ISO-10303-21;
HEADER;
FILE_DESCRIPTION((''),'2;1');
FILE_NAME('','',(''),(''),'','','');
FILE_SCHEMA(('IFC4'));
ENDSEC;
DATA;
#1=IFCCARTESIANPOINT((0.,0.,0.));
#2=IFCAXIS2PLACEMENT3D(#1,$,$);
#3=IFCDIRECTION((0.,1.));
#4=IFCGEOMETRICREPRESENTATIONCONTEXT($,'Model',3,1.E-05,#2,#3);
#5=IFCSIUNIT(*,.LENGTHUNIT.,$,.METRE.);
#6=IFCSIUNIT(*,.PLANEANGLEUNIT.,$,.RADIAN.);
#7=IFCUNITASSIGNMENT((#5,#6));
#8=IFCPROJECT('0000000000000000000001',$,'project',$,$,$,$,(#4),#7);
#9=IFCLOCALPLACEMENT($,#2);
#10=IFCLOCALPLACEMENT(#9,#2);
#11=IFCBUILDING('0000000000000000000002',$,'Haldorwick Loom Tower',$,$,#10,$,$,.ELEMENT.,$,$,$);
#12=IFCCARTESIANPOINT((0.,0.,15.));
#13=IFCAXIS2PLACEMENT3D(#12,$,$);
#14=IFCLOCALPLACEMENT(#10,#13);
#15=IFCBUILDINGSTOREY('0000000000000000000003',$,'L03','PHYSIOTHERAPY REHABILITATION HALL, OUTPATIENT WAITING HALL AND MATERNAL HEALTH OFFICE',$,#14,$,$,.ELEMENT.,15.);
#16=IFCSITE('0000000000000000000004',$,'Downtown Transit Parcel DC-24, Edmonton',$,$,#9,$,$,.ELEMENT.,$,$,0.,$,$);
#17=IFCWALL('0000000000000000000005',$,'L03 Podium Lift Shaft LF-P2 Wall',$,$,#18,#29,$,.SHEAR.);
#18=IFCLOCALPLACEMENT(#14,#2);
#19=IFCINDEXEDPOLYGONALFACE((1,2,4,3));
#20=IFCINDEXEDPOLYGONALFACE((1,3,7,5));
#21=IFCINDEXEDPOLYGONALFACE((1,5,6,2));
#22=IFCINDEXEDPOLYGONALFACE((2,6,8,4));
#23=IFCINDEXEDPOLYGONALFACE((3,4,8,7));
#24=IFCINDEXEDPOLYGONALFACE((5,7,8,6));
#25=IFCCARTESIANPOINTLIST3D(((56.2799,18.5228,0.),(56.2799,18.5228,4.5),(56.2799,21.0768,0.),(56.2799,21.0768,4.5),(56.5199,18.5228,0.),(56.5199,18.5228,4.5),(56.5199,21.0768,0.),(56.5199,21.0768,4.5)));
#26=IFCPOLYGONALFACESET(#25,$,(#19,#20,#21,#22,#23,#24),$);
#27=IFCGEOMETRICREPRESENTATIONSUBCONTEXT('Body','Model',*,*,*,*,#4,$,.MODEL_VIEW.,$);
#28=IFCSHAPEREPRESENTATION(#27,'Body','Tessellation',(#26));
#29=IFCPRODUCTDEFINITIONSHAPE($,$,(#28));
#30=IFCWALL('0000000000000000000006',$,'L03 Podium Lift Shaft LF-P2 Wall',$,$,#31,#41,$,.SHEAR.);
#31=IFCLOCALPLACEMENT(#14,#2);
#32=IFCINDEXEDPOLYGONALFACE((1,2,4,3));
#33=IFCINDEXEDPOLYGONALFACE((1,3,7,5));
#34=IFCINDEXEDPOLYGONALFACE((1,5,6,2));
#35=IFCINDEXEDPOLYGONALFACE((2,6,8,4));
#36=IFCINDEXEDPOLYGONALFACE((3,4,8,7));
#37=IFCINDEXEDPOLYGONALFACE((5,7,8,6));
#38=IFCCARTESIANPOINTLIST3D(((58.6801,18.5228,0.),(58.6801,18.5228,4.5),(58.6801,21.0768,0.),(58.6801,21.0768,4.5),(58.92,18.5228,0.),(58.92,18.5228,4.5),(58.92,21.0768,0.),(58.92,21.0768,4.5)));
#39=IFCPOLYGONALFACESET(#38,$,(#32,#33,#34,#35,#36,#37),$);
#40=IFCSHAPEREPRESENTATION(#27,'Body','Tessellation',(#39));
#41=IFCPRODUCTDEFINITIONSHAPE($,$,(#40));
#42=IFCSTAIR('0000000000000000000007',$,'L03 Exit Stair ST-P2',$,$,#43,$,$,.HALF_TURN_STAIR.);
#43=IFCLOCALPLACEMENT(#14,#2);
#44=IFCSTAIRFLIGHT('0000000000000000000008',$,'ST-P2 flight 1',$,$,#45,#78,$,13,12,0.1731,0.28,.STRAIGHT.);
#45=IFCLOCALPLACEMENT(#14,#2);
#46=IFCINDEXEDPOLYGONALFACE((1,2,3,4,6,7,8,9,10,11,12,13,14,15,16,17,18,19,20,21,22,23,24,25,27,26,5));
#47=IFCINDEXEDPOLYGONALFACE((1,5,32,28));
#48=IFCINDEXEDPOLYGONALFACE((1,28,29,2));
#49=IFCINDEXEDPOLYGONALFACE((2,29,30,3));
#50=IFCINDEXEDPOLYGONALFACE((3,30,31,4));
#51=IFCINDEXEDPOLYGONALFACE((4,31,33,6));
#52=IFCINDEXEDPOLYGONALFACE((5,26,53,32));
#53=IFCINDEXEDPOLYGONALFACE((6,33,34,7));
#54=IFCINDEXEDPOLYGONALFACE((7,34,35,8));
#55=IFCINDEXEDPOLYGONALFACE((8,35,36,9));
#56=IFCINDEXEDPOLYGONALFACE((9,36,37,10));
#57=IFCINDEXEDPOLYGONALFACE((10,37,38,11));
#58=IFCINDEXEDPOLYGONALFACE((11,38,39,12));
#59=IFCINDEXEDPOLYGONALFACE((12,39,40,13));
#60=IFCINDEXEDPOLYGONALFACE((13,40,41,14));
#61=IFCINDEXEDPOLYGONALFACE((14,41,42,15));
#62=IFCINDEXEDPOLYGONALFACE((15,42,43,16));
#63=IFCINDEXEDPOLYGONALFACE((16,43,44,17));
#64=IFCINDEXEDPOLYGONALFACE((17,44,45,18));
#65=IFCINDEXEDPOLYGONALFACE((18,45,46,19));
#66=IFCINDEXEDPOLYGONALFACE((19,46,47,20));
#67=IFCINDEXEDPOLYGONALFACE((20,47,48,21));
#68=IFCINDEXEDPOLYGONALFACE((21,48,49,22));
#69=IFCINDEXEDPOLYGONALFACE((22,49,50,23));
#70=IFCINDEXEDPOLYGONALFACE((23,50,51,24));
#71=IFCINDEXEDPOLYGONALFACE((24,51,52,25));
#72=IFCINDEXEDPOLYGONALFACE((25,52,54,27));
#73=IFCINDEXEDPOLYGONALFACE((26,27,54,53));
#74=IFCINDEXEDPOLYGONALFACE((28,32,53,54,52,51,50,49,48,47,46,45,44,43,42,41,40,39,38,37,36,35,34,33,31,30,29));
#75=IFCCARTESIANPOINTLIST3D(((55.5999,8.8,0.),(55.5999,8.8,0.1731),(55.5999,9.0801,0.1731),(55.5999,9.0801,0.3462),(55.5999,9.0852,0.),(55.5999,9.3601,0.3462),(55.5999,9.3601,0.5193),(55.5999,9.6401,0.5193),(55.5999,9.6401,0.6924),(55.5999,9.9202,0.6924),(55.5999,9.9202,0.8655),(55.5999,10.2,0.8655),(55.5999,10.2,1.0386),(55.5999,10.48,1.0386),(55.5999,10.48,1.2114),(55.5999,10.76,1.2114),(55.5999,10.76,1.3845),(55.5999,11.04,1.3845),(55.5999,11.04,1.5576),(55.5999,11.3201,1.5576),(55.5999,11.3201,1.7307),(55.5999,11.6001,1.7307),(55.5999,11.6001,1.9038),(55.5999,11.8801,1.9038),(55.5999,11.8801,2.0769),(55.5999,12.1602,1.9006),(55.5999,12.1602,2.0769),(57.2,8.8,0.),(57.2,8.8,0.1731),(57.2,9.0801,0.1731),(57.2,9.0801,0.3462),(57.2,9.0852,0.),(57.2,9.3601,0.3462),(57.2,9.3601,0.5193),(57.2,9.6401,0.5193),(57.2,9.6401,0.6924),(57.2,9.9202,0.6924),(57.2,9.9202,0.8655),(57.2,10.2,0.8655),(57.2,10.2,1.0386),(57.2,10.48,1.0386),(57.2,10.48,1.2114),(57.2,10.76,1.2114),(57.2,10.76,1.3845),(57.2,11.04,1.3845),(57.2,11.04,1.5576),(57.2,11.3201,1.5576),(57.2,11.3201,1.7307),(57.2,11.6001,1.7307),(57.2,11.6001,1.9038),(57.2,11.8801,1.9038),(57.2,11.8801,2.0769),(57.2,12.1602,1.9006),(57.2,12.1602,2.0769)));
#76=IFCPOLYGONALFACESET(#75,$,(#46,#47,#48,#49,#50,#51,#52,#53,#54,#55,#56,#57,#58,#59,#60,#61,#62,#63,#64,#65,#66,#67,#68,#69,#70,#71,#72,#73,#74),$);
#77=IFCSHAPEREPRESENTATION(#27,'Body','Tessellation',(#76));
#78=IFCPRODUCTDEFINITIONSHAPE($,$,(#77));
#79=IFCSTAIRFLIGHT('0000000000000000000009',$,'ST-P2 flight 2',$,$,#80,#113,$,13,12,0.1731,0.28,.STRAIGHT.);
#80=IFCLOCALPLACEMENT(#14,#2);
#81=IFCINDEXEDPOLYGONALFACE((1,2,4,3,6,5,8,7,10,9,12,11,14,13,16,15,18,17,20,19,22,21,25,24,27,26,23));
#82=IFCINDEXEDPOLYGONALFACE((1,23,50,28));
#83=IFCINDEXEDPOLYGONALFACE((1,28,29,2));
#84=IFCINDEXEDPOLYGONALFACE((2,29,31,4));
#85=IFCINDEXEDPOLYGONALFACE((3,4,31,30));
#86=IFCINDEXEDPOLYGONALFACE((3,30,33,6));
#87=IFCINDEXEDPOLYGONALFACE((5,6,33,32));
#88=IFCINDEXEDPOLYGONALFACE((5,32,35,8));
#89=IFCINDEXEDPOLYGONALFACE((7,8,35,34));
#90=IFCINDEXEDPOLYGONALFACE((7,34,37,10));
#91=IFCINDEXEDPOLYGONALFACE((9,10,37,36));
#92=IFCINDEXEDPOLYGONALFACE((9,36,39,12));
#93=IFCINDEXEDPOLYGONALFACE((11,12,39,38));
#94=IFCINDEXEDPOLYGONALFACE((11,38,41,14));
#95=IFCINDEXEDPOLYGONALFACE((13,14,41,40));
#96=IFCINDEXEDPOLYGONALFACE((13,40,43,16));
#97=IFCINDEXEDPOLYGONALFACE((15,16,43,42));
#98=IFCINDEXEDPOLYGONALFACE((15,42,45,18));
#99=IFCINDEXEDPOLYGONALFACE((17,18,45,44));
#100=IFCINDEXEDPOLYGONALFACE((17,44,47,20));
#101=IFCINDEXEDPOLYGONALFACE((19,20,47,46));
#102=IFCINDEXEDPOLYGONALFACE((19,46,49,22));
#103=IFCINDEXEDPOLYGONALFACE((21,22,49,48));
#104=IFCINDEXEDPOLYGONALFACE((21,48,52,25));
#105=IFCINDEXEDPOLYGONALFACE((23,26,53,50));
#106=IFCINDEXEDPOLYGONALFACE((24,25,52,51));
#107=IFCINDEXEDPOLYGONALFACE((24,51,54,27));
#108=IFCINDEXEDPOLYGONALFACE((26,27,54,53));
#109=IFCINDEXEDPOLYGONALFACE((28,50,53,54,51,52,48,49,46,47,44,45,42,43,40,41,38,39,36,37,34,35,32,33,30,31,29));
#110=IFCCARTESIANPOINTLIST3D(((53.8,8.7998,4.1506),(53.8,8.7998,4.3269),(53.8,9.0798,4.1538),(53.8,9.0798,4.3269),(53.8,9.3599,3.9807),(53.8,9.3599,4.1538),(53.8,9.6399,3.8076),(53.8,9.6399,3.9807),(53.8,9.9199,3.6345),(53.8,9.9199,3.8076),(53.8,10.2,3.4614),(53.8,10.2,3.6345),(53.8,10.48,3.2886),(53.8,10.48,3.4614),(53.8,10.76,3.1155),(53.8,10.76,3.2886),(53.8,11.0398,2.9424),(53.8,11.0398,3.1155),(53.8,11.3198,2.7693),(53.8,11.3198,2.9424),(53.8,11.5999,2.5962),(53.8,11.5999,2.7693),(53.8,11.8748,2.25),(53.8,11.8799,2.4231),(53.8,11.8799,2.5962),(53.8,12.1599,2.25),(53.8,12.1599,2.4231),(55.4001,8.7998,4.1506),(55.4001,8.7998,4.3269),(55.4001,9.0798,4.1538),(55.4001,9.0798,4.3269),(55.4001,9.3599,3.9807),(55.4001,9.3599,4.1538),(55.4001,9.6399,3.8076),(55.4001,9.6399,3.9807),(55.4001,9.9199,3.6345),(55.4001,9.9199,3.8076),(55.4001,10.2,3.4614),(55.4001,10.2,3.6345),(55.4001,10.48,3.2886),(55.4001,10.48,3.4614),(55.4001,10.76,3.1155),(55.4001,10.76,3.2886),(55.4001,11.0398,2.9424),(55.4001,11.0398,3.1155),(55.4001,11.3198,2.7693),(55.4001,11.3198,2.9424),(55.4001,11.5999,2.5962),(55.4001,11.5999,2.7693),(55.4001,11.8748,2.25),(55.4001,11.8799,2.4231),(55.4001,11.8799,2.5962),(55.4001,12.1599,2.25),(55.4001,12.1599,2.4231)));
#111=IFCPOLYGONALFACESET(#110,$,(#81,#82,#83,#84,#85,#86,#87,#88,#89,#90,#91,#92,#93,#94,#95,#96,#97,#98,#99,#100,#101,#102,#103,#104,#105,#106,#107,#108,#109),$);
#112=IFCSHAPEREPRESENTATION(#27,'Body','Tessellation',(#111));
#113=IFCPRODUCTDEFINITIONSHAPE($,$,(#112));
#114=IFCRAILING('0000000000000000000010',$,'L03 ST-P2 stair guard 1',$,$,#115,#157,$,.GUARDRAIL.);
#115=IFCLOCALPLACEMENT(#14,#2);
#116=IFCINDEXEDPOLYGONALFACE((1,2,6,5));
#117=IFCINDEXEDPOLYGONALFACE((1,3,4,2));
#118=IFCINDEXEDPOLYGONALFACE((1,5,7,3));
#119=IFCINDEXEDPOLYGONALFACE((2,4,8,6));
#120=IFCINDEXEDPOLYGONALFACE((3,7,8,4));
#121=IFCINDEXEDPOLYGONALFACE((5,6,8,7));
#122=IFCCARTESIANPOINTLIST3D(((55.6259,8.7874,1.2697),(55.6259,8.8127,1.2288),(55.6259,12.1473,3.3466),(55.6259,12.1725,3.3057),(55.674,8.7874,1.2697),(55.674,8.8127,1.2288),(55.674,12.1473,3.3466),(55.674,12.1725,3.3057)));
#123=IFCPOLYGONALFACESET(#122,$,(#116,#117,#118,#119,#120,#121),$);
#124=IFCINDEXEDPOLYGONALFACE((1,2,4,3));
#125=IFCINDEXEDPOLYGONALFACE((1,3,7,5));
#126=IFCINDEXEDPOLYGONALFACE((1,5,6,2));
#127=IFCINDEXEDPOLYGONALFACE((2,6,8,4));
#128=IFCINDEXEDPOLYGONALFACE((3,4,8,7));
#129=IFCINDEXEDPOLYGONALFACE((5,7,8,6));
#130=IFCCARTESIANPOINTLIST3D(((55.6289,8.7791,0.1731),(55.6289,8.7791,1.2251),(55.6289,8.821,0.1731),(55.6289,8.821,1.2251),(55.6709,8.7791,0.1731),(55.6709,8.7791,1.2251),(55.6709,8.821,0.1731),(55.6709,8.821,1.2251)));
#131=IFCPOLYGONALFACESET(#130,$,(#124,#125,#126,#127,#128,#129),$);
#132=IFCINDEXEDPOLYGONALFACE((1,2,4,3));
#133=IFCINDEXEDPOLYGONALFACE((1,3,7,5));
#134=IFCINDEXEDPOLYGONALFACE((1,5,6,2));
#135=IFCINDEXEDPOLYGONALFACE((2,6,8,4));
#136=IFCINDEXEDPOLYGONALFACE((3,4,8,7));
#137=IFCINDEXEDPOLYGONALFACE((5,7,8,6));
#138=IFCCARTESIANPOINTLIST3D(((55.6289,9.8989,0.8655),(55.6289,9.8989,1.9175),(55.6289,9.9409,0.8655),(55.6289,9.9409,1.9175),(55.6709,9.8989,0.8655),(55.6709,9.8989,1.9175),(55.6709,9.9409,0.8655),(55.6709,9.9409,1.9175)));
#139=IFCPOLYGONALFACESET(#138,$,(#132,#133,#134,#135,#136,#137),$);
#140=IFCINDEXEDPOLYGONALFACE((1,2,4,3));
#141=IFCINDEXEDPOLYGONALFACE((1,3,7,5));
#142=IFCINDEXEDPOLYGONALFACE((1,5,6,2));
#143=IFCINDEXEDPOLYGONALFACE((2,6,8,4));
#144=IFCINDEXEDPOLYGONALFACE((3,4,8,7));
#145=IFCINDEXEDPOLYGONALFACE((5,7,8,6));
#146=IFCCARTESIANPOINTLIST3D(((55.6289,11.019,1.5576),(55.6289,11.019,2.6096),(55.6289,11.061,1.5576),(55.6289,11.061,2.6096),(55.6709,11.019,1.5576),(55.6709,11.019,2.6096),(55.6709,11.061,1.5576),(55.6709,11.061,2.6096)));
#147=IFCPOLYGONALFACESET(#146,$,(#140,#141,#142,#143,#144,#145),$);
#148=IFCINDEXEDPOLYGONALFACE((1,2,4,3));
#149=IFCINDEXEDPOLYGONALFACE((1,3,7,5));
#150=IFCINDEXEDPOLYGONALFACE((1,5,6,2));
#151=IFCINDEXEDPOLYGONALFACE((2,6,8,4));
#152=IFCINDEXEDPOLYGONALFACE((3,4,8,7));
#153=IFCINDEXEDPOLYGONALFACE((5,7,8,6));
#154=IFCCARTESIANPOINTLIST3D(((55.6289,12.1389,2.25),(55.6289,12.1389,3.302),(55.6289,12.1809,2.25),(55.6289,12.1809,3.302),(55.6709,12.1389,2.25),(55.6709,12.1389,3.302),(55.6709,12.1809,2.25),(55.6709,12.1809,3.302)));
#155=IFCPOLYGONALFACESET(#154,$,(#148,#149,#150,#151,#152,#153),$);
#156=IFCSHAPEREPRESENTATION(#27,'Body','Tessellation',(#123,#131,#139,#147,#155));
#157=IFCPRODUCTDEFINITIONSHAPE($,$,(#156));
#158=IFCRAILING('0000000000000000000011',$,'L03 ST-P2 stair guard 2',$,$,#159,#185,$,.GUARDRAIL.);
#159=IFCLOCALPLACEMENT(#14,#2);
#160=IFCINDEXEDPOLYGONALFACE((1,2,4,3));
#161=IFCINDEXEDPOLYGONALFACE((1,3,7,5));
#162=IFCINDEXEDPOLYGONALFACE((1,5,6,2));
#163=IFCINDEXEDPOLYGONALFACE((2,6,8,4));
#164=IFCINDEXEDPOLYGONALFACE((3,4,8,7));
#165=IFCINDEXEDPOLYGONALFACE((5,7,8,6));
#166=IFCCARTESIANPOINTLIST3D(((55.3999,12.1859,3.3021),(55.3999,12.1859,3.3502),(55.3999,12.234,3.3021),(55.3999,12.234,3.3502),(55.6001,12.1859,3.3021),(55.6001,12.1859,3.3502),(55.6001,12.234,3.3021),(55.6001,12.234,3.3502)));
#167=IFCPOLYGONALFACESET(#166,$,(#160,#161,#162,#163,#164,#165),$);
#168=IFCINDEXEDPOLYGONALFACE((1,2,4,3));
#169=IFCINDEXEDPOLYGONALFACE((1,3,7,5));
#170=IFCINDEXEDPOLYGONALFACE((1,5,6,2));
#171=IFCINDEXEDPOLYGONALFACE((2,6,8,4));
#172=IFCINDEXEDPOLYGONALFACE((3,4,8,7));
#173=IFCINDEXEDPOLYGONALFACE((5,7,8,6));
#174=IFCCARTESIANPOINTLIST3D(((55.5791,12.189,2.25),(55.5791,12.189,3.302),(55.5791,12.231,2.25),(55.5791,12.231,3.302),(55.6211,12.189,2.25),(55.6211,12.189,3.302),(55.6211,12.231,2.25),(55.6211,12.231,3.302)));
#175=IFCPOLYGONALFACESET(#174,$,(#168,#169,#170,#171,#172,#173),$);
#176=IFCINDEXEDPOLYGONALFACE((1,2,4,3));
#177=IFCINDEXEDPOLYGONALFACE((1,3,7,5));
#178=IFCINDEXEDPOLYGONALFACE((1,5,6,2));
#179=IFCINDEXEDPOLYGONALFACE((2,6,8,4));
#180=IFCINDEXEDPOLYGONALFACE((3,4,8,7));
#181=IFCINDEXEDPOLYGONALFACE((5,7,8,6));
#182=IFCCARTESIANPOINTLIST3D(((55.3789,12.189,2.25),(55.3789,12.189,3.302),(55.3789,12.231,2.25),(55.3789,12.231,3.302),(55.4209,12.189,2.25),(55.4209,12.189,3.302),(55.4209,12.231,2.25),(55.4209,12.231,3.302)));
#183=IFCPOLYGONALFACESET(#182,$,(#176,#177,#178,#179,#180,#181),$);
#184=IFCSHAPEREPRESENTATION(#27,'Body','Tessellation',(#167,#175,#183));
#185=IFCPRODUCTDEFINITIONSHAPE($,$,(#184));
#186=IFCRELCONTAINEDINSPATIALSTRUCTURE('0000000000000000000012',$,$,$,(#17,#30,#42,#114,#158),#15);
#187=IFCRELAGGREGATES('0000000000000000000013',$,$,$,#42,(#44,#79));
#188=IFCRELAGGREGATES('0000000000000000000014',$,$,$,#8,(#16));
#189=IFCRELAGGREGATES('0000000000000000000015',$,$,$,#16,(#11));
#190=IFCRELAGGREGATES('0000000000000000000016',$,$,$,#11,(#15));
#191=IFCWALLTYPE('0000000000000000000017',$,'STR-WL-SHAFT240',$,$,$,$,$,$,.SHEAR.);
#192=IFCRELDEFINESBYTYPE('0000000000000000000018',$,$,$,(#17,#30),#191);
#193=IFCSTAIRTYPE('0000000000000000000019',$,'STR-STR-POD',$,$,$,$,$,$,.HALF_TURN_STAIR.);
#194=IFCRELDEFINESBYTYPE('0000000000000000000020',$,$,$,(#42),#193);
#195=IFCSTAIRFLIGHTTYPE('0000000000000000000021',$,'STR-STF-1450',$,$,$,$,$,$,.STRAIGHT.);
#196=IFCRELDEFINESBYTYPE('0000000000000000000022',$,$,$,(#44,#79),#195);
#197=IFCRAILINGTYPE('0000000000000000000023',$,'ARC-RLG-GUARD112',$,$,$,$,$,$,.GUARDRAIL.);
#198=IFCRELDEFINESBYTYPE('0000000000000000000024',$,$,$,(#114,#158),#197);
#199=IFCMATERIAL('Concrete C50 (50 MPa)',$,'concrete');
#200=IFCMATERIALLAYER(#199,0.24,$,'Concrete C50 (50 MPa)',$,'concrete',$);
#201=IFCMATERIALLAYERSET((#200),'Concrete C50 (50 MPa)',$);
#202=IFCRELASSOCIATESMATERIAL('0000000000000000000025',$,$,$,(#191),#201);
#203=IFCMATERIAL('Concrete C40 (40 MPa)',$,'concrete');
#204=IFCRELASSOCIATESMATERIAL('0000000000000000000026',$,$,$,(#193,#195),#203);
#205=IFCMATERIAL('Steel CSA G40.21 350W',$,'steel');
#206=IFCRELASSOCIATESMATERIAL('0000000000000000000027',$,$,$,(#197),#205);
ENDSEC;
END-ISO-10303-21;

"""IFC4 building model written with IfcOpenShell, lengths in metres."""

from ifc_helpers import new_model, si_unit, direction, frame, frame_2d, origin, origin_2d, place, context, subcontext, project, spatial, polyline, rectangle, outline, extrude, material, layer, layer_set, type_object, element, aggregate, save


model = new_model("IFC4")

# Units and contexts
model_context = context("Model", 3, precision=1e-05, world=origin(), true_north=direction((0.0, 1.0)))
body_context = subcontext(model_context, "Body", "Model", "MODEL_VIEW")
ifc_project = project(units=[si_unit("LENGTHUNIT", "METRE"), si_unit("PLANEANGLEUNIT", "RADIAN")], contexts=[model_context])

# Site, building, storey
site_placement = place(None, origin())
site = spatial("IfcSite", under=ifc_project, at=site_placement, Name="Downtown Transit Parcel DC-24, Edmonton", CompositionType="ELEMENT", RefElevation=0.0)
building_placement = place(site_placement, origin())
building = spatial("IfcBuilding", under=site, at=building_placement, Name="Haldorwick Loom Tower", CompositionType="ELEMENT")
storey_placement = place(building_placement, frame((0.0, 0.0, 15.0)))
storey = spatial("IfcBuildingStorey", under=building, at=storey_placement, Name="L03", Description="PHYSIOTHERAPY REHABILITATION HALL, OUTPATIENT WAITING HALL AND MATERNAL HEALTH OFFICE", CompositionType="ELEMENT", Elevation=15.0)

# Shared definitions
ifc_material_1 = material(Name="Steel CSA G40.21 350W", Category="steel")

# Shared definitions
ifc_material_2 = material(Name="Concrete C50 (50 MPa)", Category="concrete")
ifc_layer_1 = layer(ifc_material_2, 0.24, Name="Concrete C50 (50 MPa)", Category="concrete")
ifc_layer_set_1 = layer_set([ifc_layer_1], Name="Concrete C50 (50 MPa)")
wall_type_1 = type_object("IfcWallType", Name="STR-WL-SHAFT240", PredefinedType="SHEAR", material=ifc_layer_set_1)

# Walls
for number, where, z_axis, x_axis, name in (
    (1, (56.3999, 18.5229, 0.0), (0.0, 0.0, 1.0), (0.0, 1.0, 0.0), "L03 Podium Lift Shaft LF-P2 Wall"),
    (2, (58.8, 18.5229, 0.0), (0.0, 0.0, 1.0), (0.0, 1.0, 0.0), "L03 Podium Lift Shaft LF-P2 Wall"),
):
    element("IfcWall", number, at=place(storey_placement, frame(where, z_axis=z_axis, x_axis=x_axis)), inside=storey, type_object=wall_type_1, Name=name, PredefinedType="SHEAR", context=body_context, shape_type="SweptSolid", body=[
        extrude(rectangle(XDim=2.554, YDim=0.24, at=frame_2d((1.2769, 0.0))), origin(), (0.0, 0.0, 1.0), 4.5),
    ])

# Stair, stair flights
ifc_material_3 = material(Name="Concrete C40 (40 MPa)", Category="concrete")
stair_type = type_object("IfcStairType", Name="STR-STR-POD", PredefinedType="HALF_TURN_STAIR", material=ifc_material_3)
stair_placement = place(storey_placement, origin())
stair = element("IfcStair", 3, at=stair_placement, inside=storey, type_object=stair_type, Name="L03 Exit Stair ST-P2", PredefinedType="HALF_TURN_STAIR")
stair_flight_type = type_object("IfcStairFlightType", Name="STR-STF-1450", PredefinedType="STRAIGHT", material=ifc_material_3)
stair_flight_1_placement = place(storey_placement, frame((56.3999, 8.8, 0.0), z_axis=(0.0, 0.0, 1.0), x_axis=(0.0, 1.0, 0.0)))
stair_flight_1 = element("IfcStairFlight", 4, at=stair_flight_1_placement, type_object=stair_flight_type, Name="ST-P2 flight 1", NumberOfRisers=13, NumberOfTreads=12, PredefinedType="STRAIGHT", RiserHeight=0.1731, TreadLength=0.28, context=body_context, shape_type="SweptSolid", body=[
    extrude(outline(polyline([(0.0, 0.0), (0.0, 0.1731), (0.28, 0.1731), (0.28, 0.3462), (0.5601, 0.3462), (0.5601, 0.5193), (0.8401, 0.5193), (0.8401, 0.6924), (1.1201, 0.6924), (1.1201, 0.8655), (1.3999, 0.8655), (1.3999, 1.0386), (1.6799, 1.0386), (1.6799, 1.2114), (1.96, 1.2114), (1.96, 1.3845), (2.24, 1.3845), (2.24, 1.5576), (2.52, 1.5576), (2.52, 1.7307), (2.8, 1.7307), (2.8, 1.9038), (3.0801, 1.9038), (3.0801, 2.0769), (3.3601, 2.0769), (3.3601, 2.25), (3.3601, 1.9006), (0.2852, 0.0), (0.0, 0.0)])), frame((0.0, 0.8, 0.0), z_axis=(0.0, -1.0, 0.0), x_axis=(1.0, 0.0, 0.0)), (0.0, 0.0, 1.0), 1.6001),
])
stair_flight_2_placement = place(storey_placement, frame((54.6001, 12.1599, 2.25), z_axis=(0.0, 0.0, 1.0), x_axis=(0.0, -1.0, 0.0)))
stair_flight_2 = element("IfcStairFlight", 5, at=stair_flight_2_placement, type_object=stair_flight_type, Name="ST-P2 flight 2", NumberOfRisers=13, NumberOfTreads=12, PredefinedType="STRAIGHT", RiserHeight=0.1731, TreadLength=0.28, context=body_context, shape_type="SweptSolid", body=[
    extrude(outline(polyline([(0.0, 0.0), (0.0, 0.1731), (0.28, 0.1731), (0.28, 0.3462), (0.5601, 0.3462), (0.5601, 0.5193), (0.8401, 0.5193), (0.8401, 0.6924), (1.1201, 0.6924), (1.1201, 0.8655), (1.3999, 0.8655), (1.3999, 1.0386), (1.6799, 1.0386), (1.6799, 1.2114), (1.96, 1.2114), (1.96, 1.3845), (2.24, 1.3845), (2.24, 1.5576), (2.52, 1.5576), (2.52, 1.7307), (2.8, 1.7307), (2.8, 1.9038), (3.0801, 1.9038), (3.0801, 2.0769), (3.3601, 2.0769), (3.3601, 2.25), (3.3601, 1.9006), (0.2852, 0.0), (0.0, 0.0)])), frame((0.0, 0.8, 0.0), z_axis=(0.0, -1.0, 0.0), x_axis=(1.0, 0.0, 0.0)), (0.0, 0.0, 1.0), 1.6001),
])
aggregate(stair, [stair_flight_1, stair_flight_2])

# Railings
railing_type_1 = type_object("IfcRailingType", Name="ARC-RLG-GUARD112", PredefinedType="GUARDRAIL", material=ifc_material_1)
railing_1_placement = place(storey_placement, frame((55.6499, 8.8, 0.1731)))
element("IfcRailing", 6, at=railing_1_placement, inside=storey, type_object=railing_type_1, Name="L03 ST-P2 stair guard 1", PredefinedType="GUARDRAIL", context=body_context, shape_type="SweptSolid", body=[
    extrude(rectangle(XDim=0.0481, YDim=0.0481, at=origin_2d()), frame((0.0, 0.0, 1.0762), z_axis=(0.0, 0.850606, 0.525803), x_axis=(-1.0, 0.0, 0.0)), (0.0, 0.0, 1.0), 3.95),
    extrude(rectangle(XDim=0.042, YDim=0.042, at=origin_2d()), origin(), (0.0, 0.0, 1.0), 1.052),
    extrude(rectangle(XDim=0.042, YDim=0.042, at=origin_2d()), frame((0.0, 1.1199, 0.6924)), (0.0, 0.0, 1.0), 1.052),
    extrude(rectangle(XDim=0.042, YDim=0.042, at=origin_2d()), frame((0.0, 2.24, 1.3845)), (0.0, 0.0, 1.0), 1.052),
    extrude(rectangle(XDim=0.042, YDim=0.042, at=origin_2d()), frame((0.0, 3.3599, 2.0769)), (0.0, 0.0, 1.0), 1.052),
])
railing_2_placement = place(storey_placement, frame((55.6001, 12.21, 2.25)))
element("IfcRailing", 7, at=railing_2_placement, inside=storey, type_object=railing_type_1, Name="L03 ST-P2 stair guard 2", PredefinedType="GUARDRAIL", context=body_context, shape_type="SweptSolid", body=[
    extrude(rectangle(XDim=0.0481, YDim=0.0481, at=origin_2d()), frame((0.0, 0.0, 1.0762), z_axis=(-1.0, 0.0, 0.0), x_axis=(0.0, -1.0, 0.0)), (0.0, 0.0, 1.0), 0.2002),
    extrude(rectangle(XDim=0.042, YDim=0.042, at=origin_2d()), origin(), (0.0, 0.0, 1.0), 1.052),
    extrude(rectangle(XDim=0.042, YDim=0.042, at=origin_2d()), frame((-0.2002, 0.0, 0.0)), (0.0, 0.0, 1.0), 1.052),
])

save(model, "model.ifc")
